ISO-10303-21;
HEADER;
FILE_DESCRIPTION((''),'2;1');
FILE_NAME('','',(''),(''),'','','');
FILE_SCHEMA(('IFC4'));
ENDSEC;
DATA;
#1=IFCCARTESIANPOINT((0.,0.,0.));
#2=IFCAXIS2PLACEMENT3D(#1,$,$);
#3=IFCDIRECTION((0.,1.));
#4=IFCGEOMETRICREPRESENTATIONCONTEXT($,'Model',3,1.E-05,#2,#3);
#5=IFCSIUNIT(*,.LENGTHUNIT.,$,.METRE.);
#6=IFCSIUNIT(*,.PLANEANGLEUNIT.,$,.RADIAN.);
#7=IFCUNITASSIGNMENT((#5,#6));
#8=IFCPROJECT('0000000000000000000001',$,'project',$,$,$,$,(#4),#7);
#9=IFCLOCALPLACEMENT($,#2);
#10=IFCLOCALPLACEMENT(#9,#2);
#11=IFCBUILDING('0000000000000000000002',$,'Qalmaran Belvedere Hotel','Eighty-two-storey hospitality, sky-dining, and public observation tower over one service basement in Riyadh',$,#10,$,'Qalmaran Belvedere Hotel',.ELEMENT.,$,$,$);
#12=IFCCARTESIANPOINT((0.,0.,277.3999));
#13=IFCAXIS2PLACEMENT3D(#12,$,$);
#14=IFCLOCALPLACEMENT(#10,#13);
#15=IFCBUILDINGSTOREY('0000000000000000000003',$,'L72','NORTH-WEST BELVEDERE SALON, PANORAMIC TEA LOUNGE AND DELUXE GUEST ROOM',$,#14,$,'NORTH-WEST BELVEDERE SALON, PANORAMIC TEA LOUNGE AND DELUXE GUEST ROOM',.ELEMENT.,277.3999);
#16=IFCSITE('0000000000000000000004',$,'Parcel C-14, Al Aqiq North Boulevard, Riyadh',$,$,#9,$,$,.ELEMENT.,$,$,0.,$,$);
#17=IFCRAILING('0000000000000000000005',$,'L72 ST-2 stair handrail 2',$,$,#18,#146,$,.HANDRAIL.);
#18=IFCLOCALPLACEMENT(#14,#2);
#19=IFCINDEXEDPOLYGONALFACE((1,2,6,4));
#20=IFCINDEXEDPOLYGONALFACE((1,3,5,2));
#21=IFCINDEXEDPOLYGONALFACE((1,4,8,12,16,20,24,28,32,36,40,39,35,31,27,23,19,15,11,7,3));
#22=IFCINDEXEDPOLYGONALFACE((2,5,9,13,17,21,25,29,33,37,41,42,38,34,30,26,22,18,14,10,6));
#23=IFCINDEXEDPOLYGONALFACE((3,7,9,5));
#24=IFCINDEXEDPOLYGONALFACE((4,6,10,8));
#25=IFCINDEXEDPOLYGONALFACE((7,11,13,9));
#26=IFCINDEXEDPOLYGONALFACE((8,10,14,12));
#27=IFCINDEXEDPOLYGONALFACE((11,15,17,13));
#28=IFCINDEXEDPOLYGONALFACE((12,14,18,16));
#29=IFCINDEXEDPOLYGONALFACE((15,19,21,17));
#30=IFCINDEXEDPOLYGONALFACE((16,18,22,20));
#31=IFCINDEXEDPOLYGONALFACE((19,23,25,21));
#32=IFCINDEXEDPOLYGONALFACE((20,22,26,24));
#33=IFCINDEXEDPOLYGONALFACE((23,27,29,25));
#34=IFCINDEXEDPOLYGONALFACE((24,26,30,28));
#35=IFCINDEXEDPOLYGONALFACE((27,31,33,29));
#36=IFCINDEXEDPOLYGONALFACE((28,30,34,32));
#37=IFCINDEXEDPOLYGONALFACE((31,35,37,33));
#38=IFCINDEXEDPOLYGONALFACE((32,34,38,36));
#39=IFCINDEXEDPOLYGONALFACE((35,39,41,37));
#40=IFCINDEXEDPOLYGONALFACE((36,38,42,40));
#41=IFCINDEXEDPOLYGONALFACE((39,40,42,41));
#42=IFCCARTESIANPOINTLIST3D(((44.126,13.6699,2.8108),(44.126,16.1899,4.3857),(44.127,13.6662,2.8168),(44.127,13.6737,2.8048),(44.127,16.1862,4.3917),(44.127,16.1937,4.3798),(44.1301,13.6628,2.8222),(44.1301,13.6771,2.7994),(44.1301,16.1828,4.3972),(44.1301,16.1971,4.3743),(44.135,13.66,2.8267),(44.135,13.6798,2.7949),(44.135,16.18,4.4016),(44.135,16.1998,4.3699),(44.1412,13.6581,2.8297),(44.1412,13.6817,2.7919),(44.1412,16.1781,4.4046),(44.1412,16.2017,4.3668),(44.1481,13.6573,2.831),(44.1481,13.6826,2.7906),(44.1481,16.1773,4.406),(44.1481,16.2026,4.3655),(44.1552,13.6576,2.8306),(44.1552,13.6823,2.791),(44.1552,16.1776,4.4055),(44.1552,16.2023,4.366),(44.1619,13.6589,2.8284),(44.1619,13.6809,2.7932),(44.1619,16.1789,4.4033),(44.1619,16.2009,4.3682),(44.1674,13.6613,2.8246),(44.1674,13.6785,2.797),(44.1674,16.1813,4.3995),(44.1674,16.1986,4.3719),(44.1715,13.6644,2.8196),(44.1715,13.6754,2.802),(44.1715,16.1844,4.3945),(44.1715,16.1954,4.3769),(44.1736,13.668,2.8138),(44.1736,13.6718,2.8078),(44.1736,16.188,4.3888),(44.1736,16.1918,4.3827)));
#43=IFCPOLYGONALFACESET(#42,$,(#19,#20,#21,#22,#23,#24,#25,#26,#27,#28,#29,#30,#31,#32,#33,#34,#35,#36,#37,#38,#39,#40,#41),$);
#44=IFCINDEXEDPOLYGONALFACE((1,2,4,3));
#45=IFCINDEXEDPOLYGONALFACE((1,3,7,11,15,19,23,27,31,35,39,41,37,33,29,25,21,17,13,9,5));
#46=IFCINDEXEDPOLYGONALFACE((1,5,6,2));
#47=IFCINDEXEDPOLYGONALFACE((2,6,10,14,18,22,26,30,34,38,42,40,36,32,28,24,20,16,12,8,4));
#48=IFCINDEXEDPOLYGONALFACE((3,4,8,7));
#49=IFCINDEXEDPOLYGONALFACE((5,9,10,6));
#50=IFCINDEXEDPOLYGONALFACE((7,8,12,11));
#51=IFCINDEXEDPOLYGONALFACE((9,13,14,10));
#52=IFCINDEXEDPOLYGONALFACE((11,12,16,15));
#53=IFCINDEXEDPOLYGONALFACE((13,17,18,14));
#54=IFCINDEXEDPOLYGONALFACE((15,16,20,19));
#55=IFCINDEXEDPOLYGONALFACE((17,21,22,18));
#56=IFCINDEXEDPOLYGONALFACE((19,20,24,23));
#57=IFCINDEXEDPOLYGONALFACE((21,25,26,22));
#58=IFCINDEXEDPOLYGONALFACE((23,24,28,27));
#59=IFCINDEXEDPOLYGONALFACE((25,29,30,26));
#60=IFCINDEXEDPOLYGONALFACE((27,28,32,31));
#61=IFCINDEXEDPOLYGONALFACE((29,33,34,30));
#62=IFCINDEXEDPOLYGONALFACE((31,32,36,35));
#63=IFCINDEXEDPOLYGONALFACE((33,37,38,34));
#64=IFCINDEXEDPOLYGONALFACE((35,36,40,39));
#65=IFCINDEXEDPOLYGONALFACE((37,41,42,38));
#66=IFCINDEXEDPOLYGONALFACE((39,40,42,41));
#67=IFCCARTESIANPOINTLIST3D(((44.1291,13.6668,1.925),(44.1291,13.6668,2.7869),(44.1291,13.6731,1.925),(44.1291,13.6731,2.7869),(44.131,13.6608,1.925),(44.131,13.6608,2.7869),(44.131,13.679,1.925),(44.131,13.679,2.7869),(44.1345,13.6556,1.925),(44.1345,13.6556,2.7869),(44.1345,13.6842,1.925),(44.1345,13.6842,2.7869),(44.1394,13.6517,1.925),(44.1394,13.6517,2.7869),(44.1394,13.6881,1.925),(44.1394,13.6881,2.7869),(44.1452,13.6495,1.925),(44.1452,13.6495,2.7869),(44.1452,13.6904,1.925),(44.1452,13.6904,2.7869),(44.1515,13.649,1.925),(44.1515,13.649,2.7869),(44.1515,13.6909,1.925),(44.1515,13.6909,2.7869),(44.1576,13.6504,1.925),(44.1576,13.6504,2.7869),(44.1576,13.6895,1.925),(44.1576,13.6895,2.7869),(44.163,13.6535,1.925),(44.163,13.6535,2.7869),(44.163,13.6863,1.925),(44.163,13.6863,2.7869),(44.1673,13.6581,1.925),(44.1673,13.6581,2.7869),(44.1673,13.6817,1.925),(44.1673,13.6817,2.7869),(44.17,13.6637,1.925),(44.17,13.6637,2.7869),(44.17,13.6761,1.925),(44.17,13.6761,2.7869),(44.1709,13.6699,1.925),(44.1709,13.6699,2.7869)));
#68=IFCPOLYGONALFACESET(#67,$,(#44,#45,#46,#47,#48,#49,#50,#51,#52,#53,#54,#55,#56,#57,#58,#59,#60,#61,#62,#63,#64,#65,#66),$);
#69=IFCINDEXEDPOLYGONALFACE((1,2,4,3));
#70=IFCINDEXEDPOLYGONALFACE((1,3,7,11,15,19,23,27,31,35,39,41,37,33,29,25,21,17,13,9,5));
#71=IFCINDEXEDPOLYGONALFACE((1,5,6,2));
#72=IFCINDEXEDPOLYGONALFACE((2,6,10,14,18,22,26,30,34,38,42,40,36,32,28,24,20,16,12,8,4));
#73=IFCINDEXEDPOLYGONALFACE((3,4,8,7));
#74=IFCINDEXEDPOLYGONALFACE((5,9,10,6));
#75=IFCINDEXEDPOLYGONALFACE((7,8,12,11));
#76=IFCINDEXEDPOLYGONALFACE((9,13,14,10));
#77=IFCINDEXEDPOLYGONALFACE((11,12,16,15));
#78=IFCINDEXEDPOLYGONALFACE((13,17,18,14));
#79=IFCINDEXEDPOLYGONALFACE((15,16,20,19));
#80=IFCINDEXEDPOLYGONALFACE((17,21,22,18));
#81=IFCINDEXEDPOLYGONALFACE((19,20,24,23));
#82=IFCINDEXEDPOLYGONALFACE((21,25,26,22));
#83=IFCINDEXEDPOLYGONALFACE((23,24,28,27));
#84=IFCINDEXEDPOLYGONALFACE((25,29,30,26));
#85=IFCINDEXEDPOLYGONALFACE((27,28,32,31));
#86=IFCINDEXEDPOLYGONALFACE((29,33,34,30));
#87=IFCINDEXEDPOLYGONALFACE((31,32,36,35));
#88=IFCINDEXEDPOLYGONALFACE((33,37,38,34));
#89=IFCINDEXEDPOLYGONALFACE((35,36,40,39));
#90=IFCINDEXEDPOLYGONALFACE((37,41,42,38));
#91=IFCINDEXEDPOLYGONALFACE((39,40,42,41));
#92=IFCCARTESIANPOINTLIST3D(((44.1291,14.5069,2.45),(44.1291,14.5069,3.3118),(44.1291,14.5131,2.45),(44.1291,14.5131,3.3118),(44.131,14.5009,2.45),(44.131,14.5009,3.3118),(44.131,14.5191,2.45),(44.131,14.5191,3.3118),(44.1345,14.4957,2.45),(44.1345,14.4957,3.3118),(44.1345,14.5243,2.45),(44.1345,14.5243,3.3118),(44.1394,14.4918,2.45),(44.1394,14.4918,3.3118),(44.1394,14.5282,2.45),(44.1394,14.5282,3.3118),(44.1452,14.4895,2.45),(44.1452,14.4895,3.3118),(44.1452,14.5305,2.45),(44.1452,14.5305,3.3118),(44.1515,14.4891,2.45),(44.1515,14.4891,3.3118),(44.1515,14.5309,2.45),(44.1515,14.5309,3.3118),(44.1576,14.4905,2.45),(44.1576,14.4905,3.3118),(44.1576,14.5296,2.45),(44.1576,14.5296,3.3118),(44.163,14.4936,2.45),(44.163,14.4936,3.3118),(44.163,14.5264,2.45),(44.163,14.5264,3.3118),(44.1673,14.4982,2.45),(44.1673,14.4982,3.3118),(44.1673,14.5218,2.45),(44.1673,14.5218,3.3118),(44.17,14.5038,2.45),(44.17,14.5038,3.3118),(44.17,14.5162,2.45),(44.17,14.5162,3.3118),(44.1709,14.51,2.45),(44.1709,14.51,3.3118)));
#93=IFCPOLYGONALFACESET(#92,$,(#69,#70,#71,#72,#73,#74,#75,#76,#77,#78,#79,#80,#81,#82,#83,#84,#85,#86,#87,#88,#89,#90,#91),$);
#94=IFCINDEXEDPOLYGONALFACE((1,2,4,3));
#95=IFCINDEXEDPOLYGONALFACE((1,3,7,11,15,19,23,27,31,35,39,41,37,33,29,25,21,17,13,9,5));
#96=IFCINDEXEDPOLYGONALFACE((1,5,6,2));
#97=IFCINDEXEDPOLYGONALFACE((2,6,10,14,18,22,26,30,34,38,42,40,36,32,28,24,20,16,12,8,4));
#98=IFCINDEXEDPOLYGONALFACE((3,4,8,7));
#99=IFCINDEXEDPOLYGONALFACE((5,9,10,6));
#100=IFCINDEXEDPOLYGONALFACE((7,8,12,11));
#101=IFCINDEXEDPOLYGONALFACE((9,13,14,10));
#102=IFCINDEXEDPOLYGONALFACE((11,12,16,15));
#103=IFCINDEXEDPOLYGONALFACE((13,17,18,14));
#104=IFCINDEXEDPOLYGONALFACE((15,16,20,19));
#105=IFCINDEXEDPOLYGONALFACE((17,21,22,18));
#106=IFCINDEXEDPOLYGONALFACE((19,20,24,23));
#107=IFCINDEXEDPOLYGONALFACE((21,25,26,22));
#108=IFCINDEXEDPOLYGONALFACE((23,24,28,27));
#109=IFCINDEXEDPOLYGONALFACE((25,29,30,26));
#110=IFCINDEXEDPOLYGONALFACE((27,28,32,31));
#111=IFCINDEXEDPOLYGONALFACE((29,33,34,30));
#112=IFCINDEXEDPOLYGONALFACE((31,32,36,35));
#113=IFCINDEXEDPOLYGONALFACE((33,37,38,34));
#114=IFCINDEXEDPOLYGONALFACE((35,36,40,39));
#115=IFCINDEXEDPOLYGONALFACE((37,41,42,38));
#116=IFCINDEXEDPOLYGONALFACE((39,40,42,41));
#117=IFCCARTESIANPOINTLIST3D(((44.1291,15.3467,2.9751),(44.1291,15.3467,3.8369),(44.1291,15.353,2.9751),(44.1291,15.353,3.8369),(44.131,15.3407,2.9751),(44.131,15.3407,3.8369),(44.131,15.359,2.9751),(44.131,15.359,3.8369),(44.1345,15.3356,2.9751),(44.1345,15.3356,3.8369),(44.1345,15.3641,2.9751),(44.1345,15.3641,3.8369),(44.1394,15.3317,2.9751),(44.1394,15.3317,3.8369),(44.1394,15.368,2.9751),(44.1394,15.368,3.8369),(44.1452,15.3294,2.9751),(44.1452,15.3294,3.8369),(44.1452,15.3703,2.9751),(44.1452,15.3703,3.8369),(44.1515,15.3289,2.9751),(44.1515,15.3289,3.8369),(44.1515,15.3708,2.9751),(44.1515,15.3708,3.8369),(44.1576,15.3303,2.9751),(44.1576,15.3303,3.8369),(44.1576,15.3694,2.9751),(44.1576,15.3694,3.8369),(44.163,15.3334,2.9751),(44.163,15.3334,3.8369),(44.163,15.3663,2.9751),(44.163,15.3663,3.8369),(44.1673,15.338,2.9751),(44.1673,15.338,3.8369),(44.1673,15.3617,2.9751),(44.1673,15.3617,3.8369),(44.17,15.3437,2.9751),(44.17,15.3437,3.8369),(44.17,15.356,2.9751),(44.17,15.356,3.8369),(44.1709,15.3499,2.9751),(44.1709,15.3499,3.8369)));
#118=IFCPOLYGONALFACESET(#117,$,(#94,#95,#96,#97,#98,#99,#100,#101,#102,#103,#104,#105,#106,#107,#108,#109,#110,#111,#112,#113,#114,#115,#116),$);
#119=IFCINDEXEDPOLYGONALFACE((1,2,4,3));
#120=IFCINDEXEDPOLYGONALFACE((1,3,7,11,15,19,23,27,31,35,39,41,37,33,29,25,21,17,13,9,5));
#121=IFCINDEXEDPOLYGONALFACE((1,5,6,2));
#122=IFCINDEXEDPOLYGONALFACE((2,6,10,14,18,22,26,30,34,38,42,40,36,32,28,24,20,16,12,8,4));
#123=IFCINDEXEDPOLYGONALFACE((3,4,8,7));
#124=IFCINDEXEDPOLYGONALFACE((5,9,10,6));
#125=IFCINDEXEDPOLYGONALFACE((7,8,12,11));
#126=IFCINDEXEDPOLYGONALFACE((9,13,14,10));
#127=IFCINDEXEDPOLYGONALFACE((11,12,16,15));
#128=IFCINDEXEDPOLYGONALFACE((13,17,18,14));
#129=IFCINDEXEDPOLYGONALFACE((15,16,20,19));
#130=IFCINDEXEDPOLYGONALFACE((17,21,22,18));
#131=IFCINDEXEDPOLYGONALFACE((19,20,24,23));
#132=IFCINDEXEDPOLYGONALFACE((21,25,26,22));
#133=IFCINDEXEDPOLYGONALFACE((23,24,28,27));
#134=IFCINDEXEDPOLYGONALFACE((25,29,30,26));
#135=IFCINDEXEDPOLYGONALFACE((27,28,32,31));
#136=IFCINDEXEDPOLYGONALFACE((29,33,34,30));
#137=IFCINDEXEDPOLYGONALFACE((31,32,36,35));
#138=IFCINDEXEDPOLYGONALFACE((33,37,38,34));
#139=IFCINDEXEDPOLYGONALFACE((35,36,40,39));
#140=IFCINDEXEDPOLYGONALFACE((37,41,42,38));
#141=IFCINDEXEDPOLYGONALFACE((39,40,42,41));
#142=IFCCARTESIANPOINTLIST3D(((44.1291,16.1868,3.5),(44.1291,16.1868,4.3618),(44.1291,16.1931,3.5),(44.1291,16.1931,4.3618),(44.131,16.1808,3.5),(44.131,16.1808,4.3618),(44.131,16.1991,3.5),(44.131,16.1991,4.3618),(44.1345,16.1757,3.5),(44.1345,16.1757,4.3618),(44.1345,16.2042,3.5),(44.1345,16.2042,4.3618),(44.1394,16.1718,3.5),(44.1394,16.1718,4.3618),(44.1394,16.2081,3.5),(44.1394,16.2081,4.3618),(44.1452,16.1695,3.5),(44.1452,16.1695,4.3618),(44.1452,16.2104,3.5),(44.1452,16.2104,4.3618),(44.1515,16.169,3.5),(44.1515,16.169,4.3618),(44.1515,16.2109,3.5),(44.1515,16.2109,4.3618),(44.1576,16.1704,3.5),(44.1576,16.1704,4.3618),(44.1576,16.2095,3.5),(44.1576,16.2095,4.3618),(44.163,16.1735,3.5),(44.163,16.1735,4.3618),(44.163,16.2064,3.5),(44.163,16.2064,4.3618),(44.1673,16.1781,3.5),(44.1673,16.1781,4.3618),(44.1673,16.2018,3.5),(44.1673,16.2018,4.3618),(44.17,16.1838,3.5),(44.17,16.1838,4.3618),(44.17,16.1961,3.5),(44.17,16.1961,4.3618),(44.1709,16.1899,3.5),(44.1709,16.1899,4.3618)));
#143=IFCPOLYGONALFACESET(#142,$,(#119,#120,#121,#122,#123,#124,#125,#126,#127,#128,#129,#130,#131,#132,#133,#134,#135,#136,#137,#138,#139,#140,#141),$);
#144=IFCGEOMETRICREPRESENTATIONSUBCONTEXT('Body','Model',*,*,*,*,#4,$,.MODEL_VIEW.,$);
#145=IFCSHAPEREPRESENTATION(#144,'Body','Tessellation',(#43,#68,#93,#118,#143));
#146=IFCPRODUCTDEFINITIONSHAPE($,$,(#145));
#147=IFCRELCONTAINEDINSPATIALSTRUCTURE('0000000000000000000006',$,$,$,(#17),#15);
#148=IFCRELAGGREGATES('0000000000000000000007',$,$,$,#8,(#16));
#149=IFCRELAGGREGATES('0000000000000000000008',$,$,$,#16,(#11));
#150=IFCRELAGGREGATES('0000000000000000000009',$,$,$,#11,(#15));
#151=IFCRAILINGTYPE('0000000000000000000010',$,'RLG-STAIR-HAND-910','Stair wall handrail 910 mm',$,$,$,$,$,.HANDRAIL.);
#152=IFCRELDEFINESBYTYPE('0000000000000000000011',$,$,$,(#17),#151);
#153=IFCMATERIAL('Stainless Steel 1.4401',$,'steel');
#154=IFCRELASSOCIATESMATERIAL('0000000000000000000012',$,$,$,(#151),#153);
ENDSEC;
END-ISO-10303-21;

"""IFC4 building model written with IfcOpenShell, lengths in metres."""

from ifc_helpers import new_model, si_unit, direction, frame, origin, origin_2d, place, context, subcontext, project, spatial, circle, extrude, material, type_object, element, save


model = new_model("IFC4")

# Units and contexts
model_context = context("Model", 3, precision=1e-05, world=origin(), true_north=direction((0.0, 1.0)))
body_context = subcontext(model_context, "Body", "Model", "MODEL_VIEW")
ifc_project = project(units=[si_unit("LENGTHUNIT", "METRE"), si_unit("PLANEANGLEUNIT", "RADIAN")], contexts=[model_context])

# Site, building, storey
site_placement = place(None, origin())
site = spatial("IfcSite", under=ifc_project, at=site_placement, Name="Parcel C-14, Al Aqiq North Boulevard, Riyadh", CompositionType="ELEMENT", RefElevation=0.0)
building_placement = place(site_placement, origin())
building = spatial("IfcBuilding", under=site, at=building_placement, Name="Qalmaran Belvedere Hotel", Description="Eighty-two-storey hospitality, sky-dining, and public observation tower over one service basement in Riyadh", LongName="Qalmaran Belvedere Hotel", CompositionType="ELEMENT")
storey_placement = place(building_placement, frame((0.0, 0.0, 277.3999)))
storey = spatial("IfcBuildingStorey", under=building, at=storey_placement, Name="L72", Description="NORTH-WEST BELVEDERE SALON, PANORAMIC TEA LOUNGE AND DELUXE GUEST ROOM", LongName="NORTH-WEST BELVEDERE SALON, PANORAMIC TEA LOUNGE AND DELUXE GUEST ROOM", CompositionType="ELEMENT", Elevation=277.3999)

# Railing
ifc_material_1 = material(Name="Stainless Steel 1.4401", Category="steel")
railing_type_1 = type_object("IfcRailingType", Name="RLG-STAIR-HAND-910", Description="Stair wall handrail 910 mm", PredefinedType="HANDRAIL", material=ifc_material_1)
railing_1_placement = place(storey_placement, frame((44.1499, 13.6699, 1.925)))
element("IfcRailing", 1, at=railing_1_placement, inside=storey, type_object=railing_type_1, Name="L72 ST-2 stair handrail 2", PredefinedType="HANDRAIL", context=body_context, shape_type="SweptSolid", body=[
    extrude(circle(Radius=0.0239, at=origin_2d()), frame((0.0, 0.0, 0.8857), z_axis=(0.0, 0.848008, 0.529984), x_axis=(-1.0, 0.0, 0.0)), (0.0, 0.0, 1.0), 2.9717),
    extrude(circle(Radius=0.021, at=origin_2d()), origin(), (0.0, 0.0, 1.0), 0.8618),
    extrude(circle(Radius=0.021, at=origin_2d()), frame((0.0, 0.8401, 0.5249)), (0.0, 0.0, 1.0), 0.8618),
    extrude(circle(Radius=0.021, at=origin_2d()), frame((0.0, 1.6799, 1.05)), (0.0, 0.0, 1.0), 0.8618),
    extrude(circle(Radius=0.021, at=origin_2d()), frame((0.0, 2.52, 1.575)), (0.0, 0.0, 1.0), 0.8618),
])

save(model, "model.ifc")
